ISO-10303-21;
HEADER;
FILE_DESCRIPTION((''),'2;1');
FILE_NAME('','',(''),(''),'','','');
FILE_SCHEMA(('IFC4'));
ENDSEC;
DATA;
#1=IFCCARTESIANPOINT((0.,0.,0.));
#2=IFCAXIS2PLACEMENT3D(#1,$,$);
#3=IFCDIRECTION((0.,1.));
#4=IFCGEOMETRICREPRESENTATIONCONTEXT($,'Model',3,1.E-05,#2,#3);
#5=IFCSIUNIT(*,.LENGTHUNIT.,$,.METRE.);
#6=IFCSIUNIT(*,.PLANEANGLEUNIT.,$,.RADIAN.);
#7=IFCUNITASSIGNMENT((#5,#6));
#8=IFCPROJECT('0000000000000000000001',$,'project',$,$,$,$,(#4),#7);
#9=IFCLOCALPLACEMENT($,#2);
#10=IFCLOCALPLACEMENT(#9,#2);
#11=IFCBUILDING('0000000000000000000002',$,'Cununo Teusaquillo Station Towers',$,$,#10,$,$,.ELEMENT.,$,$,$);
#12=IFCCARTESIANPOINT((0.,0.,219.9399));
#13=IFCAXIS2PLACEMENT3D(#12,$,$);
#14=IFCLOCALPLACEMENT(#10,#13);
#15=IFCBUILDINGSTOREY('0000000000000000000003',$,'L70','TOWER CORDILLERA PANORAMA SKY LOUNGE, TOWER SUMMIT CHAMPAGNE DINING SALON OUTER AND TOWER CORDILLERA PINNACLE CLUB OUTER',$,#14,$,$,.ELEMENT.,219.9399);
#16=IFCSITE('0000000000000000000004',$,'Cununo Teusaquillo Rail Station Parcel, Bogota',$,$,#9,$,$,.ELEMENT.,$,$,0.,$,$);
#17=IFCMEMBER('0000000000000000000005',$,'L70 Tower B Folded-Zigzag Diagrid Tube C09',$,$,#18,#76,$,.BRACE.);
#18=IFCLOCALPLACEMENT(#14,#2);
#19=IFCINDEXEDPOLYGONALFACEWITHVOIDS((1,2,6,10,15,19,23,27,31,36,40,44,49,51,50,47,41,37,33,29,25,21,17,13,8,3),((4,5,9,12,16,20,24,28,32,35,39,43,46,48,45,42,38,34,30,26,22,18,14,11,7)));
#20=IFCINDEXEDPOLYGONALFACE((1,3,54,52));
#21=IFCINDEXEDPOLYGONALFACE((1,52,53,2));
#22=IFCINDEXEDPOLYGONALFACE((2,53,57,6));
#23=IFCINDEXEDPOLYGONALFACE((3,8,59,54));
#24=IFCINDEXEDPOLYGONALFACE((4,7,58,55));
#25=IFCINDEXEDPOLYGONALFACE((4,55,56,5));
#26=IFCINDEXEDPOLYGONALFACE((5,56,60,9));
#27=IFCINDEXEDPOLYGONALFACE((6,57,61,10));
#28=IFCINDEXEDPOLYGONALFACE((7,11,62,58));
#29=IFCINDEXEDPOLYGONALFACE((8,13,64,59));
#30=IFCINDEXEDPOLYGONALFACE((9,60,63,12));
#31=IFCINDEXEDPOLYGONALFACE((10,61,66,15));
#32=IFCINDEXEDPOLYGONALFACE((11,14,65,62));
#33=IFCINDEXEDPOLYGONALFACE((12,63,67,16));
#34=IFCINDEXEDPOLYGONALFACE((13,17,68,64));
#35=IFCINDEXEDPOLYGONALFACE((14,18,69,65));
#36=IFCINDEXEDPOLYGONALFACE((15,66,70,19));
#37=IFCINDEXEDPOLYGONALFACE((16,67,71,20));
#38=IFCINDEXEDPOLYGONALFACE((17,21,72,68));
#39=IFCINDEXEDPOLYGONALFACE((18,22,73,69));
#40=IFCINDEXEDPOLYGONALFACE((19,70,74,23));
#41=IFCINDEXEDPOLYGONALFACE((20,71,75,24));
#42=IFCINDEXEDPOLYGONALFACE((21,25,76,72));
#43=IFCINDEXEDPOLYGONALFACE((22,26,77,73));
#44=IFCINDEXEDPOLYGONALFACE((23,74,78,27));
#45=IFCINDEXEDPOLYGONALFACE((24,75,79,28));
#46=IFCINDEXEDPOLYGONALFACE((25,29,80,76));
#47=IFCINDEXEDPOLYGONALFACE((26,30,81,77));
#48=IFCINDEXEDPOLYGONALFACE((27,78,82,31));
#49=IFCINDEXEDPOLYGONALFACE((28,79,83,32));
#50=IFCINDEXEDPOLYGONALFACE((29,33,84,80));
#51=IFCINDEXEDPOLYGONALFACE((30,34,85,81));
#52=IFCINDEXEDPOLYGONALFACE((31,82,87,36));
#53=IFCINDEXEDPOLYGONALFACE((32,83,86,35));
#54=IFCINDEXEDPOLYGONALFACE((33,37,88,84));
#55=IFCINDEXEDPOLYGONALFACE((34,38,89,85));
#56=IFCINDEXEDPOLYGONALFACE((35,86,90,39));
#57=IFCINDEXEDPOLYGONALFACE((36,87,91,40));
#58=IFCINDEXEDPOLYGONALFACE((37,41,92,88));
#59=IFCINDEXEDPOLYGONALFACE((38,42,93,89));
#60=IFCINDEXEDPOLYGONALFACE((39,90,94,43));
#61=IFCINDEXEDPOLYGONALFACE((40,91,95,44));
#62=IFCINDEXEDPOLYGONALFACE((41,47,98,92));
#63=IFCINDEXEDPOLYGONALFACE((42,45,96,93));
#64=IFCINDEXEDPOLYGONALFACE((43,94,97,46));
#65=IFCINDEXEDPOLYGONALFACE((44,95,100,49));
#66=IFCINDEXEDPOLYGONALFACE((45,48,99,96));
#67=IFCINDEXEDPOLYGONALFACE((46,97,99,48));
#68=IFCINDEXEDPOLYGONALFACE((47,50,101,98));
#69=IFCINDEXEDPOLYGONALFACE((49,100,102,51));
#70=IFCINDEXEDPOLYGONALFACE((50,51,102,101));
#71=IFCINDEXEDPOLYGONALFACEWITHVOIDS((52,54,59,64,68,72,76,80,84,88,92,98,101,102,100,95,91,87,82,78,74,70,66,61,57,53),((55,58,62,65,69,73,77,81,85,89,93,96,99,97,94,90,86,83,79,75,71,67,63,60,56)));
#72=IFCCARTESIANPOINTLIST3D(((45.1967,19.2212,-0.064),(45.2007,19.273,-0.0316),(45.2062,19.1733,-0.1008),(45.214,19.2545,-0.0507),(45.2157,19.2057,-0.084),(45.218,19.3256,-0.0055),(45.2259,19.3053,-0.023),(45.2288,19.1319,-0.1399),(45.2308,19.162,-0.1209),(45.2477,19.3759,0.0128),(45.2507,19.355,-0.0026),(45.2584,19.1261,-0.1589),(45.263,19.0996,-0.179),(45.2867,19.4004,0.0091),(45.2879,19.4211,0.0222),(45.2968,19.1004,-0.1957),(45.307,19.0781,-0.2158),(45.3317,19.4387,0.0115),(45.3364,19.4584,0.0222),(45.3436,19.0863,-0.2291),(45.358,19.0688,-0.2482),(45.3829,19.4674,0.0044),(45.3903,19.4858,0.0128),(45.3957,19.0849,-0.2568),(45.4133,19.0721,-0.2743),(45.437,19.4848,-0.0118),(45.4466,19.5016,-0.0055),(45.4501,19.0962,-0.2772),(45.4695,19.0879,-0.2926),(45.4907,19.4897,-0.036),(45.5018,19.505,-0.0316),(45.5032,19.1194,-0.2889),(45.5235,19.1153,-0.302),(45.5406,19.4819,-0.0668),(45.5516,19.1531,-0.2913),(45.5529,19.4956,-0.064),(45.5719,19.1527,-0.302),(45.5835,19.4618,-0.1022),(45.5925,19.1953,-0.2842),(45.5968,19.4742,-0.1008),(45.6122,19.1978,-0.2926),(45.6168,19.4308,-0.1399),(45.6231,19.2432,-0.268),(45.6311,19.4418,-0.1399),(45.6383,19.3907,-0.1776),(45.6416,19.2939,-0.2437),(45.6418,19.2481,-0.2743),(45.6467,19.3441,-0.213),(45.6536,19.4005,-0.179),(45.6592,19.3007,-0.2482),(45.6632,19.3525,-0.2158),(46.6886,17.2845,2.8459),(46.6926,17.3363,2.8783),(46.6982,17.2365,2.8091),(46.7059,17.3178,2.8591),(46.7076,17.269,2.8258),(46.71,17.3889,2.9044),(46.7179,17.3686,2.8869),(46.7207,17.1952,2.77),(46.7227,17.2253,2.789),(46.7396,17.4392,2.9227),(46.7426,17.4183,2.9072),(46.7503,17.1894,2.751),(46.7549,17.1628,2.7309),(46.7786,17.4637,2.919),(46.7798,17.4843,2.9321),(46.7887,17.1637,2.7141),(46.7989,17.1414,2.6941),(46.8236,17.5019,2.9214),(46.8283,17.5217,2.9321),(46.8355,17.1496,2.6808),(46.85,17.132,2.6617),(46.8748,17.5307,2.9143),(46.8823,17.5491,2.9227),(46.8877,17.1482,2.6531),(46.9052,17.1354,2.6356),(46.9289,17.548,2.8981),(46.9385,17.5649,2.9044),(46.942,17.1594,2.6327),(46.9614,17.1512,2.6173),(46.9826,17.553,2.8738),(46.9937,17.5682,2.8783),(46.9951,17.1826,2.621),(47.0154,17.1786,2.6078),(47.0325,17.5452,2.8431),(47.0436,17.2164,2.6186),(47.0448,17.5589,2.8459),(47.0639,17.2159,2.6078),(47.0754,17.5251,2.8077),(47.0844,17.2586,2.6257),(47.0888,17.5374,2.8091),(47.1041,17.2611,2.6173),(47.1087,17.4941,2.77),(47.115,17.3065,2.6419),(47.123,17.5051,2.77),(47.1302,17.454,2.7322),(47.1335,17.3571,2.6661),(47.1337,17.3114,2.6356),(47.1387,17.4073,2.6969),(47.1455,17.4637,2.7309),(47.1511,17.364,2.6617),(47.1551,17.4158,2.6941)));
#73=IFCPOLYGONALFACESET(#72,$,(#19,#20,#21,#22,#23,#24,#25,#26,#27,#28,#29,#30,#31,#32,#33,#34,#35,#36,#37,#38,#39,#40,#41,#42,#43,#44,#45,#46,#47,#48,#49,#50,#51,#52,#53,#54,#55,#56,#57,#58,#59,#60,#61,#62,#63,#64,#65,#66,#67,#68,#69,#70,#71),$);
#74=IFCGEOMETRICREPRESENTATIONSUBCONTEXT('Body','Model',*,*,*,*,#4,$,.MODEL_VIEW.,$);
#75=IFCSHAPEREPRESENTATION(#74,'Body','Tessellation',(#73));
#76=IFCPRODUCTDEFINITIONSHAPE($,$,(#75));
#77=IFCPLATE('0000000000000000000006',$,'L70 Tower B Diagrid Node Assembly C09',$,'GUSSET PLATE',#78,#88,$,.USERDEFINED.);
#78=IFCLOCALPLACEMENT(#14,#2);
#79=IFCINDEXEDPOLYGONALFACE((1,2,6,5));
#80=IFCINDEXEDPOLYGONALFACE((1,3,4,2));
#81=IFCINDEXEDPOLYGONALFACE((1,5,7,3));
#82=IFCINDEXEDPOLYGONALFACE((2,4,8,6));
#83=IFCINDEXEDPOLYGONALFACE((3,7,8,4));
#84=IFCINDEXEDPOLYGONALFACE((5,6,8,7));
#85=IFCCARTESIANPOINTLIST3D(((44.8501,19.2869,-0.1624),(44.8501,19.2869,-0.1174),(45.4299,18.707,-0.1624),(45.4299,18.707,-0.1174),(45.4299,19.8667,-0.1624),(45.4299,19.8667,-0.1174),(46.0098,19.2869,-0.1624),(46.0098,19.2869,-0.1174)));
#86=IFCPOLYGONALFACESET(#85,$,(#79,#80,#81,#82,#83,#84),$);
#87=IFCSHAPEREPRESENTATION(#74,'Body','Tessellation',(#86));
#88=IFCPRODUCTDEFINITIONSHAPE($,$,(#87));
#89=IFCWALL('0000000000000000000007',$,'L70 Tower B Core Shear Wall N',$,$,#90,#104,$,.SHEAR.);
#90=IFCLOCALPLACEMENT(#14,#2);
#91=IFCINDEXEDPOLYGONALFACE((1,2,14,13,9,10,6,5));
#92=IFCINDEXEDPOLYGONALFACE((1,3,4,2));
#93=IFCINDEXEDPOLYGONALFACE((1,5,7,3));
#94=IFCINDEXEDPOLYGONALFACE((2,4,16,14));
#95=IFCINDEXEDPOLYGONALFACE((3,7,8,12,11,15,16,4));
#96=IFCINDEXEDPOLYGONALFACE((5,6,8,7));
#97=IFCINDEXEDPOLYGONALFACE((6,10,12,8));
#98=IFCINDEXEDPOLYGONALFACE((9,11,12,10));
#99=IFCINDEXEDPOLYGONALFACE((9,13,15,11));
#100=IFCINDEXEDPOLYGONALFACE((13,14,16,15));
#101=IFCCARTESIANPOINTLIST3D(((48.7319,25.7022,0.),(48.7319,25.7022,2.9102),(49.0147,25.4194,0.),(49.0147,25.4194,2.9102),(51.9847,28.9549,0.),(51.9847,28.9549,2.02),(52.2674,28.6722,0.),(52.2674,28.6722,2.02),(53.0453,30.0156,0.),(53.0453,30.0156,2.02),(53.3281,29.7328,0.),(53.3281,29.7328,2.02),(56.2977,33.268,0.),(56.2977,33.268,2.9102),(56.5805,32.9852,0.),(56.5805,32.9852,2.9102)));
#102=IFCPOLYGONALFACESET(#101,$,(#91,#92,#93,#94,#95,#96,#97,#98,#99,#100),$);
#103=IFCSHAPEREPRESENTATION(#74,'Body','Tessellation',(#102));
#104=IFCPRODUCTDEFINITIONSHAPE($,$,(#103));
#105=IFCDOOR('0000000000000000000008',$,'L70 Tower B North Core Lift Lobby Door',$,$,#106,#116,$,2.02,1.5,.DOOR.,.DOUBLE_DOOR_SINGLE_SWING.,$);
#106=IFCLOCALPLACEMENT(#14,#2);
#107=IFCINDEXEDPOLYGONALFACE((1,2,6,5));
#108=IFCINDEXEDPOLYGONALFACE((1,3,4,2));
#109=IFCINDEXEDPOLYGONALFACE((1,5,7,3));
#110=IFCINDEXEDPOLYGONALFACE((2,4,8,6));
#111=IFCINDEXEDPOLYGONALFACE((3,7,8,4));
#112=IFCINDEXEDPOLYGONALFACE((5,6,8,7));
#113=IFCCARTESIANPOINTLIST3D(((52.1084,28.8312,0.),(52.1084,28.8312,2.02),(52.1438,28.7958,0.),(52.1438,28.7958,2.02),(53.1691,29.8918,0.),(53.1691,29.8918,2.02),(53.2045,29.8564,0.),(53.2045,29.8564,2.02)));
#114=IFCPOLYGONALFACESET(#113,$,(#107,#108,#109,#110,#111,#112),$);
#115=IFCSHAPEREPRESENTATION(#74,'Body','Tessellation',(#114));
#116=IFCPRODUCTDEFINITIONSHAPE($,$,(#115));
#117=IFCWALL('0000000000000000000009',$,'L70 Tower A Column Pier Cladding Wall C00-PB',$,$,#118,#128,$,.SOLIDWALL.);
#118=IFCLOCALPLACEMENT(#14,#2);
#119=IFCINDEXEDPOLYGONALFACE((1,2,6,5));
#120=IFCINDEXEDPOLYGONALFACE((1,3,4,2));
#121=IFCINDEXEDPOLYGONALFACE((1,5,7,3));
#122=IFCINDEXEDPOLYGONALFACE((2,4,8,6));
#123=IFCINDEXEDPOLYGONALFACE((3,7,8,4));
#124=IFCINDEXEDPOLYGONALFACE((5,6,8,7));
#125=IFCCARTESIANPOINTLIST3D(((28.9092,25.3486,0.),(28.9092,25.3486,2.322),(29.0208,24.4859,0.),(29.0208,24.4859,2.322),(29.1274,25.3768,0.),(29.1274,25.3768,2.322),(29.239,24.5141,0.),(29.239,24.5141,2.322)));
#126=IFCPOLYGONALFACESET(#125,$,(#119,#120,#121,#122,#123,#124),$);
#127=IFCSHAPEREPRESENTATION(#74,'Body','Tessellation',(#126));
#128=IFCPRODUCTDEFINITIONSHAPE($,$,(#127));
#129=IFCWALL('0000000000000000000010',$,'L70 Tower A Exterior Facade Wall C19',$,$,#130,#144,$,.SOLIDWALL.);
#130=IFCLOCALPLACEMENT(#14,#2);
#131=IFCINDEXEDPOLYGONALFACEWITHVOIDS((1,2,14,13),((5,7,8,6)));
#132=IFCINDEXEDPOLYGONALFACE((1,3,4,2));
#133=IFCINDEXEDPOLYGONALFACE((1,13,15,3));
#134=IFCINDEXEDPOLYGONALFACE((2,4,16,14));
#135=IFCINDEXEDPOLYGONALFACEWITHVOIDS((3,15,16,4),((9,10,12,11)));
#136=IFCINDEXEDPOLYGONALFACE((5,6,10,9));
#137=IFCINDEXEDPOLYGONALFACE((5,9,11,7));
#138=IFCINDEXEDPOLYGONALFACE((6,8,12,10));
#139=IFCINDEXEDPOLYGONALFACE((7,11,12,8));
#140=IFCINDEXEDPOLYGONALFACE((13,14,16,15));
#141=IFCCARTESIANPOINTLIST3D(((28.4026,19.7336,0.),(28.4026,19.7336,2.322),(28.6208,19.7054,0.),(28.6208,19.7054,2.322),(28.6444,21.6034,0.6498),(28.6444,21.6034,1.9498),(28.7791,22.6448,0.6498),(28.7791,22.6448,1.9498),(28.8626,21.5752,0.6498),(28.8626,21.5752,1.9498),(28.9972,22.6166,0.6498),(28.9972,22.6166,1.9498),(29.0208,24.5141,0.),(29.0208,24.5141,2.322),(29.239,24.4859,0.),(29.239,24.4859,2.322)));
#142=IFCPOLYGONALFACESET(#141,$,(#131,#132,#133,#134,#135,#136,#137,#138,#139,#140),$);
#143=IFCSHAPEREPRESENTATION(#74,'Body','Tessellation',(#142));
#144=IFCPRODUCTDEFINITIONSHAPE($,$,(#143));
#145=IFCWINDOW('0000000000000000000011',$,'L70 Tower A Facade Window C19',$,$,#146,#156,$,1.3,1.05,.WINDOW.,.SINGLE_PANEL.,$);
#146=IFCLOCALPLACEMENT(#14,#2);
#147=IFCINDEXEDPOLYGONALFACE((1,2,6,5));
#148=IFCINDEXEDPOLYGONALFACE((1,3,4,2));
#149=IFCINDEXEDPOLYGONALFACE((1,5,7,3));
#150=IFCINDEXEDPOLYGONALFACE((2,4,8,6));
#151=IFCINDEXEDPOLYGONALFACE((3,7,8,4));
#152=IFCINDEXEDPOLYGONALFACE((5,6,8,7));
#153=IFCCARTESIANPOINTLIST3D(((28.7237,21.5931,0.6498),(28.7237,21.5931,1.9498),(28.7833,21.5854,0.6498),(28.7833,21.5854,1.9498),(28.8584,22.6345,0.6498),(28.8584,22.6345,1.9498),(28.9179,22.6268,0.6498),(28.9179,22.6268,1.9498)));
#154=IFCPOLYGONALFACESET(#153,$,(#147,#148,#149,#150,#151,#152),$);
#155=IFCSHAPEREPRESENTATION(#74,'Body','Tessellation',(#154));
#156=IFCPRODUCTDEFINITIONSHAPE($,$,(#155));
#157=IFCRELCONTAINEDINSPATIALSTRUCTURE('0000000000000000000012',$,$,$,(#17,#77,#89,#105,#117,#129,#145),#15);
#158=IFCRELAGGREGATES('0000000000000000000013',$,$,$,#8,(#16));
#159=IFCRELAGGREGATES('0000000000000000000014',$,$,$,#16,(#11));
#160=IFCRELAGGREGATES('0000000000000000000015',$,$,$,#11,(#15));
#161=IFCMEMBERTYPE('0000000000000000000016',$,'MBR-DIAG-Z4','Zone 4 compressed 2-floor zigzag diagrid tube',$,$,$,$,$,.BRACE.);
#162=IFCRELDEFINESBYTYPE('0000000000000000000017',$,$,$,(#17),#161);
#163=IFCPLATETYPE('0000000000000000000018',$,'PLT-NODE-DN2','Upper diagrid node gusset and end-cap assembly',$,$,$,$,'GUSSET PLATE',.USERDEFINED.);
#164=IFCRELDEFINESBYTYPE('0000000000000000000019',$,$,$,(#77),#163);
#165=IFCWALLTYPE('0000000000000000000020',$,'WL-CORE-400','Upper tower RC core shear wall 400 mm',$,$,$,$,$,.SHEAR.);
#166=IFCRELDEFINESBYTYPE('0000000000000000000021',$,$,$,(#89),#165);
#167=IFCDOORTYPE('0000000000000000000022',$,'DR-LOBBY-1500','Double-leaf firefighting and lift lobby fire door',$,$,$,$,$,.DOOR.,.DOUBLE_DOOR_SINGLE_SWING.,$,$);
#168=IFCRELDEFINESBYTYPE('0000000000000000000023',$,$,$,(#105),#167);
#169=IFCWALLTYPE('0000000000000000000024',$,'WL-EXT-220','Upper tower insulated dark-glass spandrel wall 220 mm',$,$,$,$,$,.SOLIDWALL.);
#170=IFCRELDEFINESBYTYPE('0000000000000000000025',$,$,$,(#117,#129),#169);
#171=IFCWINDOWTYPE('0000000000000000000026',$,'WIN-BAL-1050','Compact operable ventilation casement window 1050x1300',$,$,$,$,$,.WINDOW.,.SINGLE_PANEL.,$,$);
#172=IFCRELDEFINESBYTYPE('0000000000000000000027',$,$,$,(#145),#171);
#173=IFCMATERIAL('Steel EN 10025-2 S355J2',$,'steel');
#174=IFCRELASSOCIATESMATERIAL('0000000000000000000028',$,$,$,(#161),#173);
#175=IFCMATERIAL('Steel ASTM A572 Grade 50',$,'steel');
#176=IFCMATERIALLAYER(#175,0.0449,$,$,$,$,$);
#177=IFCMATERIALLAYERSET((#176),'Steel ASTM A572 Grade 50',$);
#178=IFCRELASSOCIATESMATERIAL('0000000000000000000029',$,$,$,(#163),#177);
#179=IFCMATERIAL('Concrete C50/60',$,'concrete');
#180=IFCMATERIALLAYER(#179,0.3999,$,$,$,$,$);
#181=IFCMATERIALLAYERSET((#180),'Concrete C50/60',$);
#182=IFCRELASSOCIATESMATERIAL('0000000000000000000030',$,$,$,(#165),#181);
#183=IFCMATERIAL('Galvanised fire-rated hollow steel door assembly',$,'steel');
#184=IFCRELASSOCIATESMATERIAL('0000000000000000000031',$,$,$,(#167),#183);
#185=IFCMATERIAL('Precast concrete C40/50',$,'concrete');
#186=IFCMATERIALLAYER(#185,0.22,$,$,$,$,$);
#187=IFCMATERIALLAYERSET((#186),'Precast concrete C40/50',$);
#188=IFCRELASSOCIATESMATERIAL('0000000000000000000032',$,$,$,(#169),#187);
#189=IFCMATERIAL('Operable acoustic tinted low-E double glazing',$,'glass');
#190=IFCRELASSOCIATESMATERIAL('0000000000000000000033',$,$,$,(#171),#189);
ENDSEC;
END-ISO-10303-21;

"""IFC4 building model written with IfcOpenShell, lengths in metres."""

from ifc_helpers import new_model, si_unit, direction, frame, frame_2d, origin, origin_2d, place, context, subcontext, project, spatial, rectangle, hollow_circle, extrude, source, transform, mapped, material, layer, layer_set, material_profile, profile_set, type_object, element, fill, save


model = new_model("IFC4")

# Units and contexts
model_context = context("Model", 3, precision=1e-05, world=origin(), true_north=direction((0.0, 1.0)))
body_context = subcontext(model_context, "Body", "Model", "MODEL_VIEW")
ifc_project = project(units=[si_unit("LENGTHUNIT", "METRE"), si_unit("PLANEANGLEUNIT", "RADIAN")], contexts=[model_context])

# Site, building, storey
site_placement = place(None, origin())
site = spatial("IfcSite", under=ifc_project, at=site_placement, Name="Cununo Teusaquillo Rail Station Parcel, Bogota", CompositionType="ELEMENT", RefElevation=0.0)
building_placement = place(site_placement, origin())
building = spatial("IfcBuilding", under=site, at=building_placement, Name="Cununo Teusaquillo Station Towers", CompositionType="ELEMENT")
storey_placement = place(building_placement, frame((0.0, 0.0, 219.9399)))
storey = spatial("IfcBuildingStorey", under=building, at=storey_placement, Name="L70", Description="TOWER CORDILLERA PANORAMA SKY LOUNGE, TOWER SUMMIT CHAMPAGNE DINING SALON OUTER AND TOWER CORDILLERA PINNACLE CLUB OUTER", CompositionType="ELEMENT", Elevation=219.9399)

# Member
ifc_material_1 = material(Name="Steel EN 10025-2 S355J2", Category="steel")
ifc_material_profile_1 = material_profile(ifc_material_1, hollow_circle(Radius=0.2539, WallThickness=0.0181, at=origin_2d()), Name="CHS 508x18")
ifc_profile_set_1 = profile_set([ifc_material_profile_1], Name="Steel EN 10025-2 S355J2")
member_type = type_object("IfcMemberType", Name="MBR-DIAG-Z4", Description="Zone 4 compressed 2-floor zigzag diagrid tube", PredefinedType="BRACE", material=ifc_profile_set_1)
member_placement = place(storey_placement, frame((45.4299, 19.2869, -0.1399), z_axis=(0.392555, -0.509595, 0.765646), x_axis=(0.792204, 0.610256, 0.0)))
element("IfcMember", 1, at=member_placement, inside=storey, type_object=member_type, Name="L70 Tower B Folded-Zigzag Diagrid Tube C09", PredefinedType="BRACE", context=body_context, shape_type="SweptSolid", body=[
    extrude(hollow_circle(Radius=0.2539, WallThickness=0.0181, at=origin_2d()), origin(), (0.0, 0.0, 1.0), 3.8005),
])

# Plate
ifc_material_2 = material(Name="Steel ASTM A572 Grade 50", Category="steel")
ifc_layer_1 = layer(ifc_material_2, 0.0449)
ifc_layer_set_1 = layer_set([ifc_layer_1], Name="Steel ASTM A572 Grade 50")
plate_type = type_object("IfcPlateType", Name="PLT-NODE-DN2", Description="Upper diagrid node gusset and end-cap assembly", ElementType="GUSSET PLATE", PredefinedType="USERDEFINED", material=ifc_layer_set_1)
shared_shape_1 = source(origin(), body_context, "Body", "SweptSolid", [
    extrude(rectangle(XDim=0.8201, YDim=0.8201, at=origin_2d()), origin(), (0.0, 0.0, 1.0), 0.0449),
])
plate_placement = place(storey_placement, frame((45.4299, 19.2869, -0.1624), z_axis=(0.0, 0.0, 1.0), x_axis=(0.707107, 0.707107, 0.0)))
element("IfcPlate", 2, at=plate_placement, inside=storey, type_object=plate_type, Name="L70 Tower B Diagrid Node Assembly C09", ObjectType="GUSSET PLATE", PredefinedType="USERDEFINED", context=body_context, shape_type="MappedRepresentation", body=[
    mapped(shared_shape_1, transform((0.0, 0.0, 0.0), x_axis=(1.0, 0.0, 0.0), y_axis=(0.0, 1.0, 0.0), z_axis=(0.0, 0.0, 1.0), scale=1.0)),
])

# Wall, opening, door
ifc_material_3 = material(Name="Concrete C50/60", Category="concrete")
ifc_layer_2 = layer(ifc_material_3, 0.3999)
ifc_layer_set_2 = layer_set([ifc_layer_2], Name="Concrete C50/60")
wall_type_1 = type_object("IfcWallType", Name="WL-CORE-400", Description="Upper tower RC core shear wall 400 mm", PredefinedType="SHEAR", material=ifc_layer_set_2)
wall_1_placement = place(storey_placement, frame((48.8733, 25.5608, 0.0), z_axis=(0.0, 0.0, 1.0), x_axis=(0.707107, 0.707107, 0.0)))
wall_1 = element("IfcWall", 3, at=wall_1_placement, inside=storey, type_object=wall_type_1, Name="L70 Tower B Core Shear Wall N", PredefinedType="SHEAR", context=body_context, shape_type="SweptSolid", body=[
    extrude(rectangle(XDim=10.6997, YDim=0.3999, at=frame_2d((5.3499, 0.0))), origin(), (0.0, 0.0, 1.0), 2.9102),
])
shared_shape_2 = source(origin(), body_context, "Body", "SweptSolid", [
    extrude(rectangle(XDim=1.5, YDim=2.02, at=frame_2d((0.75, 1.01))), frame((0.0, 0.21, 0.0), z_axis=(0.0, -1.0, 0.0), x_axis=(1.0, 0.0, 0.0)), (0.0, 0.0, 1.0), 0.4199),
])
opening_1_placement = place(wall_1_placement, frame((4.6001, 0.0, 0.0)))
opening_1 = element("IfcOpeningElement", 4, at=opening_1_placement, cuts=wall_1, PredefinedType="OPENING", context=body_context, shape_type="MappedRepresentation", body=[
    mapped(shared_shape_2, transform((0.0, 0.0, 0.0), x_axis=(1.0, 0.0, 0.0), y_axis=(0.0, 1.0, 0.0), z_axis=(0.0, 0.0, 1.0), scale=1.0)),
])
ifc_material_4 = material(Name="Galvanised fire-rated hollow steel door assembly", Category="steel")
door_type_1 = type_object("IfcDoorType", Name="DR-LOBBY-1500", Description="Double-leaf firefighting and lift lobby fire door", OperationType="DOUBLE_DOOR_SINGLE_SWING", PredefinedType="DOOR", material=ifc_material_4)
shared_shape_3 = source(origin(), body_context, "Body", "SweptSolid", [
    extrude(rectangle(XDim=1.5, YDim=2.02, at=frame_2d((0.75, 1.01))), frame((0.0, 0.0249, 0.0), z_axis=(0.0, -1.0, 0.0), x_axis=(1.0, 0.0, 0.0)), (0.0, 0.0, 1.0), 0.05),
])
door_1_placement = place(opening_1_placement, origin())
door_1 = element("IfcDoor", 5, at=door_1_placement, inside=storey, type_object=door_type_1, Name="L70 Tower B North Core Lift Lobby Door", OperationType="DOUBLE_DOOR_SINGLE_SWING", OverallHeight=2.02, OverallWidth=1.5, PredefinedType="DOOR", context=body_context, shape_type="MappedRepresentation", body=[
    mapped(shared_shape_3, transform((0.0, 0.0, 0.0), x_axis=(1.0, 0.0, 0.0), y_axis=(0.0, 1.0, 0.0), z_axis=(0.0, 0.0, 1.0), scale=1.0)),
])
fill(opening_1, door_1)

# Wall
ifc_material_5 = material(Name="Precast concrete C40/50", Category="concrete")
ifc_layer_3 = layer(ifc_material_5, 0.22)
ifc_layer_set_3 = layer_set([ifc_layer_3], Name="Precast concrete C40/50")
wall_type_2 = type_object("IfcWallType", Name="WL-EXT-220", Description="Upper tower insulated dark-glass spandrel wall 220 mm", PredefinedType="SOLIDWALL", material=ifc_layer_set_3)
wall_2_placement = place(storey_placement, frame((29.0183, 25.3628, 0.0), z_axis=(0.0, 0.0, 1.0), x_axis=(0.128247, -0.991742, 0.0)))
element("IfcWall", 6, at=wall_2_placement, inside=storey, type_object=wall_type_2, Name="L70 Tower A Column Pier Cladding Wall C00-PB", PredefinedType="SOLIDWALL", context=body_context, shape_type="SweptSolid", body=[
    extrude(rectangle(XDim=0.8699, YDim=0.22, at=frame_2d((0.4351, 0.0))), origin(), (0.0, 0.0, 1.0), 2.322),
])

# Wall, opening, window
wall_3_placement = place(storey_placement, frame((29.1299, 24.5, 0.0), z_axis=(0.0, 0.0, 1.0), x_axis=(-0.128241, -0.991743, 0.0)))
wall_3 = element("IfcWall", 7, at=wall_3_placement, inside=storey, type_object=wall_type_2, Name="L70 Tower A Exterior Facade Wall C19", PredefinedType="SOLIDWALL", context=body_context, shape_type="SweptSolid", body=[
    extrude(rectangle(XDim=4.8203, YDim=0.22, at=frame_2d((2.4102, 0.0))), origin(), (0.0, 0.0, 1.0), 2.322),
])
shared_shape_4 = source(origin(), body_context, "Body", "SweptSolid", [
    extrude(rectangle(XDim=1.05, YDim=1.3, at=frame_2d((0.5249, 0.6499))), frame((0.0, 0.1199, 0.0), z_axis=(0.0, -1.0, 0.0), x_axis=(1.0, 0.0, 0.0)), (0.0, 0.0, 1.0), 0.24),
])
opening_2_placement = place(wall_3_placement, frame((1.885, 0.0, 0.6499)))
opening_2 = element("IfcOpeningElement", 8, at=opening_2_placement, cuts=wall_3, PredefinedType="OPENING", context=body_context, shape_type="MappedRepresentation", body=[
    mapped(shared_shape_4, transform((0.0, 0.0, 0.0), x_axis=(1.0, 0.0, 0.0), y_axis=(0.0, 1.0, 0.0), z_axis=(0.0, 0.0, 1.0), scale=1.0)),
])
ifc_material_6 = material(Name="Operable acoustic tinted low-E double glazing", Category="glass")
window_type = type_object("IfcWindowType", Name="WIN-BAL-1050", Description="Compact operable ventilation casement window 1050x1300", PartitioningType="SINGLE_PANEL", PredefinedType="WINDOW", material=ifc_material_6)
shared_shape_5 = source(origin(), body_context, "Body", "SweptSolid", [
    extrude(rectangle(XDim=1.05, YDim=1.3, at=frame_2d((0.5249, 0.6499))), frame((0.0, 0.03, 0.0), z_axis=(0.0, -1.0, 0.0), x_axis=(1.0, 0.0, 0.0)), (0.0, 0.0, 1.0), 0.0601),
])
window_1_placement = place(opening_2_placement, origin())
window_1 = element("IfcWindow", 9, at=window_1_placement, inside=storey, type_object=window_type, Name="L70 Tower A Facade Window C19", OverallHeight=1.3, OverallWidth=1.05, PartitioningType="SINGLE_PANEL", PredefinedType="WINDOW", context=body_context, shape_type="MappedRepresentation", body=[
    mapped(shared_shape_5, transform((0.0, 0.0, 0.0), x_axis=(1.0, 0.0, 0.0), y_axis=(0.0, 1.0, 0.0), z_axis=(0.0, 0.0, 1.0), scale=1.0)),
])
fill(opening_2, window_1)

save(model, "model.ifc")
